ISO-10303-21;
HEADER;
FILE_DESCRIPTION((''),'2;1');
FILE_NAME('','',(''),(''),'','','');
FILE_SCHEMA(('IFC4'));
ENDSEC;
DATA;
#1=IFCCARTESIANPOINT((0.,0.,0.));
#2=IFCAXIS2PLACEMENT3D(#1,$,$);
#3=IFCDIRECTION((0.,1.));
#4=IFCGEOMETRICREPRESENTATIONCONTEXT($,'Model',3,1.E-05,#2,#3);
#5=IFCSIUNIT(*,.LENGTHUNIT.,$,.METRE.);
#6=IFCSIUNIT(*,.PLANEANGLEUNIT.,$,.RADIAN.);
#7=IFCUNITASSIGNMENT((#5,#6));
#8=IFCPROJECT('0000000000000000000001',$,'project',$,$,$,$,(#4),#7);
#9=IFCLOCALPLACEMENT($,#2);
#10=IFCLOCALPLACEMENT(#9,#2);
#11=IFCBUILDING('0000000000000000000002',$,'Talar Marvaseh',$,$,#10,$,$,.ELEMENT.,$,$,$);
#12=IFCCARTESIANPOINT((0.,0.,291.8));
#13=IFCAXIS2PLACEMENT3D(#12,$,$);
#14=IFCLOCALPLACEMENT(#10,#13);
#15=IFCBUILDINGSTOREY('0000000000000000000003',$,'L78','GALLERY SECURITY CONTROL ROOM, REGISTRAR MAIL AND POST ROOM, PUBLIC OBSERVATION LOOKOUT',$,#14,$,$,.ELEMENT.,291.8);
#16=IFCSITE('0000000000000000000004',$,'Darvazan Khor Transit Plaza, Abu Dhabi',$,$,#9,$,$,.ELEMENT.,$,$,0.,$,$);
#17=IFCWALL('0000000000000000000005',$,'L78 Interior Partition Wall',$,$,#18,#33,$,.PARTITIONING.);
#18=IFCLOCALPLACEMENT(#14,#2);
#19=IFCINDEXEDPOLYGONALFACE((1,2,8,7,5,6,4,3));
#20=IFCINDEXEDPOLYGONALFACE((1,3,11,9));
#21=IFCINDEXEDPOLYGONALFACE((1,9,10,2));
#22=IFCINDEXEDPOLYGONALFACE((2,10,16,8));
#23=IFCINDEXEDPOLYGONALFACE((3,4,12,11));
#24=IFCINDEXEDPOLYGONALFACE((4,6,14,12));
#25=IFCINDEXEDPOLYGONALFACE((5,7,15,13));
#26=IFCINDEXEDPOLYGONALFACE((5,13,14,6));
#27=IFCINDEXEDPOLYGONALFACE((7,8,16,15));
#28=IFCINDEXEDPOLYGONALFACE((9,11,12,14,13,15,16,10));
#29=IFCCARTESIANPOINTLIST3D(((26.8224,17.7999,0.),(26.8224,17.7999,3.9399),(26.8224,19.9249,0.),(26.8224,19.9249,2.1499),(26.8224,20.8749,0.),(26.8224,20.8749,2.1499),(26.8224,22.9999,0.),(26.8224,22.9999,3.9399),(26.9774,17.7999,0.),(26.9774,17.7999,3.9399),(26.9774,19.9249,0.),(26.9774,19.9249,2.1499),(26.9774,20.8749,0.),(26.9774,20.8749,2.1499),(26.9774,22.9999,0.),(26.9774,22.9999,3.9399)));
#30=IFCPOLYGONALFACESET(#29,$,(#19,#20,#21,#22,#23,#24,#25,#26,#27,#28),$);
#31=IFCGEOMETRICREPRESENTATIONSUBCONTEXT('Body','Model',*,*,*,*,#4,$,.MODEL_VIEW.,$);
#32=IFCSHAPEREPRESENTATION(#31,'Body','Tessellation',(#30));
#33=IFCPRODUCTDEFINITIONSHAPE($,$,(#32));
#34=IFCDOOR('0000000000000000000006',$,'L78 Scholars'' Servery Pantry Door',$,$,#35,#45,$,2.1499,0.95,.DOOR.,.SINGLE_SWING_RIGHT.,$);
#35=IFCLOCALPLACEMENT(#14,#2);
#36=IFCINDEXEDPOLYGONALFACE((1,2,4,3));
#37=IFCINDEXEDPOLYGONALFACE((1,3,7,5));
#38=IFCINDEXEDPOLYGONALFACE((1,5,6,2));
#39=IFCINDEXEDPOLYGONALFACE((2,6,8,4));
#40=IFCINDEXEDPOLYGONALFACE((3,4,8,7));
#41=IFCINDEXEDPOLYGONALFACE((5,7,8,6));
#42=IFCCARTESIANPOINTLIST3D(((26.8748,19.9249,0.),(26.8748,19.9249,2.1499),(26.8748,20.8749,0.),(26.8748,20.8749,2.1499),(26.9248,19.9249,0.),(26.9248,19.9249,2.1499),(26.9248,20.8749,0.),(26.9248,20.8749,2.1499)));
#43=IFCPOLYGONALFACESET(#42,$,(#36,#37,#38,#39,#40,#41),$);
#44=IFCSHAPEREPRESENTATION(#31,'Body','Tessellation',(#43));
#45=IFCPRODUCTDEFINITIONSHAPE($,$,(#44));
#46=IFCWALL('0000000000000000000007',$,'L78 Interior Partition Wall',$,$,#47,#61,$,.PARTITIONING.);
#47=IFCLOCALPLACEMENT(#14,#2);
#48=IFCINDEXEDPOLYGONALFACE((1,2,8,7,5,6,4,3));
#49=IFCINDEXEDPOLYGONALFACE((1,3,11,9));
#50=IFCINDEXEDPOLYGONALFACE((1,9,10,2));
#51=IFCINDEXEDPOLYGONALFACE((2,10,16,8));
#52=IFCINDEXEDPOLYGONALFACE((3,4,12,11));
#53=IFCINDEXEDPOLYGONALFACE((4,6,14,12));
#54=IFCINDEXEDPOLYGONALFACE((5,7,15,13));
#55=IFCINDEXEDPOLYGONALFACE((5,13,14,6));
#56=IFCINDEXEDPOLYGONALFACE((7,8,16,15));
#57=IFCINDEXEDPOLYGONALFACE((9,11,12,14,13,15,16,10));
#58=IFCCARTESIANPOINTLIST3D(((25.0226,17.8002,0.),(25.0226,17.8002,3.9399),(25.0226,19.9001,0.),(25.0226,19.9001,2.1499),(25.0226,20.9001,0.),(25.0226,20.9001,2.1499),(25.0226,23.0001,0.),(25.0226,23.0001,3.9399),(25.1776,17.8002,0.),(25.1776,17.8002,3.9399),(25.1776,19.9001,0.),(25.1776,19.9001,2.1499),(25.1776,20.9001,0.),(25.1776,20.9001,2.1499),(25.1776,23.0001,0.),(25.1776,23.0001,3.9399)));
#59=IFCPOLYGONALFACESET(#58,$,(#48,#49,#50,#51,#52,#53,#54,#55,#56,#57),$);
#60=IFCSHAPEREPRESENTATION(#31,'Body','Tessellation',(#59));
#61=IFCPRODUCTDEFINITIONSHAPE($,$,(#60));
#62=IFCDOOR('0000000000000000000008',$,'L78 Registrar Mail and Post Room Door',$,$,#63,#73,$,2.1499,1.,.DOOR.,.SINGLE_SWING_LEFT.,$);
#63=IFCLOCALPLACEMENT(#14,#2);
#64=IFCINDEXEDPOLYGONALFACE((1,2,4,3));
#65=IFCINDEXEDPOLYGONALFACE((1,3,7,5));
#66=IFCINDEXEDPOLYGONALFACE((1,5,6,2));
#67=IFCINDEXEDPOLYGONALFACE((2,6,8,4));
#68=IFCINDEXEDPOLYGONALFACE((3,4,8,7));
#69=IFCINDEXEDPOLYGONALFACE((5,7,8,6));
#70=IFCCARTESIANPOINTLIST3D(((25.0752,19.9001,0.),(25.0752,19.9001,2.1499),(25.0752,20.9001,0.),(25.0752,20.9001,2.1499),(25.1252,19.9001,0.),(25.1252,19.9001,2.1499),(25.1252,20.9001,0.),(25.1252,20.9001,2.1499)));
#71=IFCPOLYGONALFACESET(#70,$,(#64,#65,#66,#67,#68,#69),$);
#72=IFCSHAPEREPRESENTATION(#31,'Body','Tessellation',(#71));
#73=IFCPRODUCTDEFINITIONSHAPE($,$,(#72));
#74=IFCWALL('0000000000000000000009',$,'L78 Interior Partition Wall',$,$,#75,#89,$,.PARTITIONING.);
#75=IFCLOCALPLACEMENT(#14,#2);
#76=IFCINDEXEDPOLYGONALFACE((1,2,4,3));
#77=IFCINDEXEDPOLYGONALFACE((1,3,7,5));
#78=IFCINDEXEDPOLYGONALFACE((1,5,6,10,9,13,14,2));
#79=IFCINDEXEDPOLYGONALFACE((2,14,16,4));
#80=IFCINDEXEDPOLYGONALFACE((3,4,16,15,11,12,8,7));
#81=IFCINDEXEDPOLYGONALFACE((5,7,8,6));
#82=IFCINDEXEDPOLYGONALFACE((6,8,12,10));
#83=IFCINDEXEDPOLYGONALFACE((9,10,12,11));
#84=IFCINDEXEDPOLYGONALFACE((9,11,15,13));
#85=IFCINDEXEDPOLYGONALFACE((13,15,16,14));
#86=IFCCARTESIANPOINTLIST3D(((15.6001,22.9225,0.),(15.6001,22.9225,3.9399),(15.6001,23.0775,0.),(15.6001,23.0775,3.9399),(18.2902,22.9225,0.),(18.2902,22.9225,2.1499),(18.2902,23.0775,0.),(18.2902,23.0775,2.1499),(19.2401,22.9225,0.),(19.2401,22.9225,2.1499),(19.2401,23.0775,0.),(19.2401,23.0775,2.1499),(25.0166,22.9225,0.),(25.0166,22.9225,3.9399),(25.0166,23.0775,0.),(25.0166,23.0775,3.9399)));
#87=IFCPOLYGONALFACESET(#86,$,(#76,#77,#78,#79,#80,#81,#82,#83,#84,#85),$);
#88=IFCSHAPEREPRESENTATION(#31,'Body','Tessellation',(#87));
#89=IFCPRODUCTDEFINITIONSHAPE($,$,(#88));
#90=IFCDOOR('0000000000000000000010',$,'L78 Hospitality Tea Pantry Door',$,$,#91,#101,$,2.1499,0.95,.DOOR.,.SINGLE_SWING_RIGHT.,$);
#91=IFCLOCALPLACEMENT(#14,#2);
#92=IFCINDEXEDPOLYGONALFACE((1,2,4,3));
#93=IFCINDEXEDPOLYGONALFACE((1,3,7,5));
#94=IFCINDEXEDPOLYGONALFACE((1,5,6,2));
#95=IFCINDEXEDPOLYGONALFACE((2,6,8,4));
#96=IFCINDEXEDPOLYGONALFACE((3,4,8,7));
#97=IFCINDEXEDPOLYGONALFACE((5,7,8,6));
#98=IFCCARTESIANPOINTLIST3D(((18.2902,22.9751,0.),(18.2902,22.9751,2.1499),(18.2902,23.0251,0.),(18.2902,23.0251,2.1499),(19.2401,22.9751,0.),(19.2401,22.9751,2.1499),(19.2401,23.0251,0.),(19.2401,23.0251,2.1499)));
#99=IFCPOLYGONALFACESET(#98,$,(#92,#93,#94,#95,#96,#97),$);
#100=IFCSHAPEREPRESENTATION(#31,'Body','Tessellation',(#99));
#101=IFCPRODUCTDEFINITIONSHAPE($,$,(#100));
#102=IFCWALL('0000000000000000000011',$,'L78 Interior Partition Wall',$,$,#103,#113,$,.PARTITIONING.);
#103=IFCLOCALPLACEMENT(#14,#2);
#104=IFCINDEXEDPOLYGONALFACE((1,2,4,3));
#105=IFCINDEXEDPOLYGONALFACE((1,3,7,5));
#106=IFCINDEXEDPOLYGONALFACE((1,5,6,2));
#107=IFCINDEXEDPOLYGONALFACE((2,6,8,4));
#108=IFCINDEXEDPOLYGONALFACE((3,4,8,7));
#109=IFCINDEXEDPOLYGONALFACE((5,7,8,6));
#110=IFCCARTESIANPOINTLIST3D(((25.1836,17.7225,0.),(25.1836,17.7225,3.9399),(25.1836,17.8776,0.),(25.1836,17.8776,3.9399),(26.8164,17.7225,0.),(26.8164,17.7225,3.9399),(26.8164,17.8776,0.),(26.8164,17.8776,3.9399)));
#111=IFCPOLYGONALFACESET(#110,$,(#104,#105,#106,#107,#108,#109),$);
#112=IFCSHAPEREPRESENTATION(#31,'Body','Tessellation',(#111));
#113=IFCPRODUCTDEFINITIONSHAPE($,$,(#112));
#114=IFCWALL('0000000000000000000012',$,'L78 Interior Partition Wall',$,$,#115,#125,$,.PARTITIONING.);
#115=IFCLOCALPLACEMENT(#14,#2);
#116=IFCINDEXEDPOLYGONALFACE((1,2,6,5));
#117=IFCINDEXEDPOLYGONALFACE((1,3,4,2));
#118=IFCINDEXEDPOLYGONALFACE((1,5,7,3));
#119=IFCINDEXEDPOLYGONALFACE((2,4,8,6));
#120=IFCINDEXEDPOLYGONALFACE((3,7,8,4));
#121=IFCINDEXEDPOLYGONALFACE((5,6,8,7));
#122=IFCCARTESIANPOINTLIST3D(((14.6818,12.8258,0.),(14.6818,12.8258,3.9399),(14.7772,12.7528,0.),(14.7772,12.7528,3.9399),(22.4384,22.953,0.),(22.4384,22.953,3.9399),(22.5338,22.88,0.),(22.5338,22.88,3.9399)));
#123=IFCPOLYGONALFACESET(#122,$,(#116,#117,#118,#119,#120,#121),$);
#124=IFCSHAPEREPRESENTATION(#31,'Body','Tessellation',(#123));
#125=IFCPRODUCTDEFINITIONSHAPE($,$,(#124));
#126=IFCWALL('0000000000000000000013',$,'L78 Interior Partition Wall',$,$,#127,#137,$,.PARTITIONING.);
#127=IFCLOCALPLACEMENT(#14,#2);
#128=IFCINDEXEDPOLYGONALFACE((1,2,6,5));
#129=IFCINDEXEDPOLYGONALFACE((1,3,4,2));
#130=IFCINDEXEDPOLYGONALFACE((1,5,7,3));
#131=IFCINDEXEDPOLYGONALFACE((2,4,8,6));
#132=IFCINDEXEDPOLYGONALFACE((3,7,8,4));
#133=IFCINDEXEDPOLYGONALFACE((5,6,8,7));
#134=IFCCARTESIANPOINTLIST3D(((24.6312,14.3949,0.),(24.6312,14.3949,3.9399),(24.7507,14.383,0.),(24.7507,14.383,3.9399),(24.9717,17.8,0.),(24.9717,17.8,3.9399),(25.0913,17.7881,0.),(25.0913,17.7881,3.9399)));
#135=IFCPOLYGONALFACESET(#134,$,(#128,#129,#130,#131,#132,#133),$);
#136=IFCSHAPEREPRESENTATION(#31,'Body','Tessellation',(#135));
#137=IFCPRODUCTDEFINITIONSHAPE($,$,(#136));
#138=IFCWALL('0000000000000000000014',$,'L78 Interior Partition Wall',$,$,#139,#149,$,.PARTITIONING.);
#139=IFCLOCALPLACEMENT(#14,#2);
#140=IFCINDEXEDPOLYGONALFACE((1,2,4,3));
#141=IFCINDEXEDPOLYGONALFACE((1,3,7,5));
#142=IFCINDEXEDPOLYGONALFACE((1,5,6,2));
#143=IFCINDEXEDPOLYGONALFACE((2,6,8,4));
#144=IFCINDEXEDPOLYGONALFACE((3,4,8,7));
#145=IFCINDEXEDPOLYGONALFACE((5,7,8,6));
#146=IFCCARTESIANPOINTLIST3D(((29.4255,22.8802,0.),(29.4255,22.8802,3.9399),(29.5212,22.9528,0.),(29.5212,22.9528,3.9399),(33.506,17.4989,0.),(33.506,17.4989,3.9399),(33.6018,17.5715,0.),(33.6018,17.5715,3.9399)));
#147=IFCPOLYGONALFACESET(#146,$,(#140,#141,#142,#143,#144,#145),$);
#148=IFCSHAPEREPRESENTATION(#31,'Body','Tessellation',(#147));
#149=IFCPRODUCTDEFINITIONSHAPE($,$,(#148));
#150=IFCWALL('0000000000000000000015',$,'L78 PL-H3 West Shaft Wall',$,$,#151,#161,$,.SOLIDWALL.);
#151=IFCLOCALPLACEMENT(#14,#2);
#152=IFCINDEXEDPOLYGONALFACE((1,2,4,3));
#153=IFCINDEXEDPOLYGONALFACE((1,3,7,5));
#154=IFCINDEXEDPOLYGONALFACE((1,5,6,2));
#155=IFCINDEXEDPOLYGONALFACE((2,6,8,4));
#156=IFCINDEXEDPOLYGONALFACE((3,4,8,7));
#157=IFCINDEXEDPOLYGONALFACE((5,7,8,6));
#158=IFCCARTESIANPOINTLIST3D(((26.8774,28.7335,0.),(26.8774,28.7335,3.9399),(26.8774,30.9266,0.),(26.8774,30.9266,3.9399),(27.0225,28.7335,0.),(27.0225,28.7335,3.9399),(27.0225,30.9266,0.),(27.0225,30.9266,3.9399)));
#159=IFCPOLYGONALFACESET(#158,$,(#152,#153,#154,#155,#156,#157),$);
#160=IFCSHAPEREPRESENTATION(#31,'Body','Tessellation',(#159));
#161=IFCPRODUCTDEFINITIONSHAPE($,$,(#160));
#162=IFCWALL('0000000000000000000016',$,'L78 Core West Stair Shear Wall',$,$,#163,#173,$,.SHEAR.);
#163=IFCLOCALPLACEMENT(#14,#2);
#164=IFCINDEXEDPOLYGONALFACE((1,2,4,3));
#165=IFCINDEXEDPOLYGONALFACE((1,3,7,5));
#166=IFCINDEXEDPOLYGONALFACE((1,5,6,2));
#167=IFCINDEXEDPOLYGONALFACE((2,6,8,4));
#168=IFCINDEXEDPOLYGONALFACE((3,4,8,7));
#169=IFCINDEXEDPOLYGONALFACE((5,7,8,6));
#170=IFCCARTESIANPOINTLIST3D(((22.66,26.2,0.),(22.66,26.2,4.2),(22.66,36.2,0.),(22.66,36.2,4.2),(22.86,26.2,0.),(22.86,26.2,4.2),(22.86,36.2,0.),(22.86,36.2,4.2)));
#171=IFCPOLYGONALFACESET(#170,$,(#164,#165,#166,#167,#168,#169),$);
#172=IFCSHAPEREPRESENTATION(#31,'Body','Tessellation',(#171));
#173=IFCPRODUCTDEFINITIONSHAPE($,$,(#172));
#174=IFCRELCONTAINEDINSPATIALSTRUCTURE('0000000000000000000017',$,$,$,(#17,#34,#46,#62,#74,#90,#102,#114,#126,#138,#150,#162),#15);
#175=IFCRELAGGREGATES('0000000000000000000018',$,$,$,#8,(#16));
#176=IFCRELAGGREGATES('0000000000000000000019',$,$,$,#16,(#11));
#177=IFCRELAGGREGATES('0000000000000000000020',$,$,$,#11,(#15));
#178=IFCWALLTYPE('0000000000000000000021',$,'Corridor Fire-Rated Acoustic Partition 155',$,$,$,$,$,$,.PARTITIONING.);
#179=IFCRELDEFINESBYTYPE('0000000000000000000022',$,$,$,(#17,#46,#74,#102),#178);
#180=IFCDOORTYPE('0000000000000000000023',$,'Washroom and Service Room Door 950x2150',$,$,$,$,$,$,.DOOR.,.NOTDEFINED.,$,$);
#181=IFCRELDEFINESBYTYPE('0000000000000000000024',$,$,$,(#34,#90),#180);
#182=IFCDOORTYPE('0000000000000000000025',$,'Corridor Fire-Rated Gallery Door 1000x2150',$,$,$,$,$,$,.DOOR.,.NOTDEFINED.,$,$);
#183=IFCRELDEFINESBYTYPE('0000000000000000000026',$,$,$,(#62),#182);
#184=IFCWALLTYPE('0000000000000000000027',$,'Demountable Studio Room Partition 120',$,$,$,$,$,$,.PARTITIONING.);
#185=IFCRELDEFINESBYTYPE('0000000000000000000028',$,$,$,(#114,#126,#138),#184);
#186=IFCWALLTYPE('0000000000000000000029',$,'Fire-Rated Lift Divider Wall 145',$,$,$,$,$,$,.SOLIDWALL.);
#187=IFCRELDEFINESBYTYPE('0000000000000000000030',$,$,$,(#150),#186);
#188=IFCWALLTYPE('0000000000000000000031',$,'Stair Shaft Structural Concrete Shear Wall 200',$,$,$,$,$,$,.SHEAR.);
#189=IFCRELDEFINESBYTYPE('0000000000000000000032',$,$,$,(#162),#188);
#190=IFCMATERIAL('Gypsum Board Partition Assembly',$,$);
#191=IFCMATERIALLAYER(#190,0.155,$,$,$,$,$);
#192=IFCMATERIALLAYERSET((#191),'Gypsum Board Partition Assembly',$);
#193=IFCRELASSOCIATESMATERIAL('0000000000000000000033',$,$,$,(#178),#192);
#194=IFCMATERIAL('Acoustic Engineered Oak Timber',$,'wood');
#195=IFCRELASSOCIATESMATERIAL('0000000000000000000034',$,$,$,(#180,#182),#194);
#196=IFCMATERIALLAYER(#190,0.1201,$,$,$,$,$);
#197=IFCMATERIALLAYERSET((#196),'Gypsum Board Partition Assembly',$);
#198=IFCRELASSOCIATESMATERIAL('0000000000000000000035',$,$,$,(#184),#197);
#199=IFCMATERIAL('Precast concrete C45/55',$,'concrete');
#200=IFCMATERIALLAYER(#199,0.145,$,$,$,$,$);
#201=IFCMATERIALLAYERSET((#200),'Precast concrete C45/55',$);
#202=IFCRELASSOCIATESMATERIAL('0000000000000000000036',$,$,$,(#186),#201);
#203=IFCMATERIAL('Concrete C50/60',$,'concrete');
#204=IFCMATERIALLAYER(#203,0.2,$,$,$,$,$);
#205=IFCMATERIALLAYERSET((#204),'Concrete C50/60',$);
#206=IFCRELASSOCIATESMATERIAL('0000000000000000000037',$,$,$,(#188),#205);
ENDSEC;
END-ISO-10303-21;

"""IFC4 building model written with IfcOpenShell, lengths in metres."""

from ifc_helpers import new_model, si_unit, direction, frame, frame_2d, origin, place, context, subcontext, project, spatial, rectangle, extrude, source, transform, mapped, material, layer, layer_set, type_object, type_shapes, element, fill, save


model = new_model("IFC4")

# Units and contexts
model_context = context("Model", 3, precision=1e-05, world=origin(), true_north=direction((0.0, 1.0)))
body_context = subcontext(model_context, "Body", "Model", "MODEL_VIEW")
ifc_project = project(units=[si_unit("LENGTHUNIT", "METRE"), si_unit("PLANEANGLEUNIT", "RADIAN")], contexts=[model_context])

# Site, building, storey
site_placement = place(None, origin())
site = spatial("IfcSite", under=ifc_project, at=site_placement, Name="Darvazan Khor Transit Plaza, Abu Dhabi", CompositionType="ELEMENT", RefElevation=0.0)
building_placement = place(site_placement, origin())
building = spatial("IfcBuilding", under=site, at=building_placement, Name="Talar Marvaseh", CompositionType="ELEMENT")
storey_placement = place(building_placement, frame((0.0, 0.0, 291.8)))
storey = spatial("IfcBuildingStorey", under=building, at=storey_placement, Name="L78", Description="GALLERY SECURITY CONTROL ROOM, REGISTRAR MAIL AND POST ROOM, PUBLIC OBSERVATION LOOKOUT", CompositionType="ELEMENT", Elevation=291.8)

# Shared definitions
ifc_material_1 = material(Name="Concrete C50/60", Category="concrete")

# Walls, openings, doors
ifc_material_2 = material(Name="Gypsum Board Partition Assembly")
ifc_layer_1 = layer(ifc_material_2, 0.155)
ifc_layer_set_1 = layer_set([ifc_layer_1], Name="Gypsum Board Partition Assembly")
wall_type_1 = type_object("IfcWallType", Name="Corridor Fire-Rated Acoustic Partition 155", PredefinedType="PARTITIONING", material=ifc_layer_set_1)
wall_1_placement = place(storey_placement, frame((26.8999, 23.0, 0.0), z_axis=(0.0, 0.0, 1.0), x_axis=(0.0, -1.0, 0.0)))
wall_1 = element("IfcWall", 1, at=wall_1_placement, inside=storey, type_object=wall_type_1, Name="L78 Interior Partition Wall", PredefinedType="PARTITIONING", context=body_context, shape_type="SweptSolid", body=[
    extrude(rectangle(XDim=5.2, YDim=0.155, at=frame_2d((2.6001, 0.0))), origin(), (0.0, 0.0, 1.0), 3.9399),
])
opening_1_placement = place(wall_1_placement, frame((2.125, 0.0, 0.0)))
opening_1 = element("IfcOpeningElement", 2, at=opening_1_placement, cuts=wall_1, PredefinedType="OPENING", context=body_context, shape_type="SweptSolid", body=[
    extrude(rectangle(XDim=0.95, YDim=2.1499, at=frame_2d((0.4751, 1.075))), frame((0.0, 0.0874, 0.0), z_axis=(0.0, -1.0, 0.0), x_axis=(1.0, 0.0, 0.0)), (0.0, 0.0, 1.0), 0.175),
])
ifc_material_3 = material(Name="Acoustic Engineered Oak Timber", Category="wood")
door_type_1 = type_object("IfcDoorType", Name="Washroom and Service Room Door 950x2150", OperationType="NOTDEFINED", PredefinedType="DOOR", material=ifc_material_3)
shared_shape_1 = source(origin(), body_context, "Body", "SweptSolid", [
    extrude(rectangle(XDim=0.95, YDim=2.1499, at=frame_2d((0.4751, 1.075))), frame((0.0, 0.0249, 0.0), z_axis=(0.0, -1.0, 0.0), x_axis=(1.0, 0.0, 0.0)), (0.0, 0.0, 1.0), 0.05),
])
type_shapes(door_type_1, [shared_shape_1])
door_1_placement = place(opening_1_placement, origin())
door_1 = element("IfcDoor", 3, at=door_1_placement, inside=storey, type_object=door_type_1, Name="L78 Scholars' Servery Pantry Door", OperationType="SINGLE_SWING_RIGHT", OverallHeight=2.1499, OverallWidth=0.95, PredefinedType="DOOR", context=body_context, shape_type="MappedRepresentation", body=[
    mapped(shared_shape_1, transform((0.0, 0.0, 0.0), x_axis=(1.0, 0.0, 0.0), y_axis=(0.0, 1.0, 0.0), z_axis=(0.0, 0.0, 1.0), scale=1.0)),
])
fill(opening_1, door_1)
wall_2_placement = place(storey_placement, frame((25.1001, 17.8, 0.0), z_axis=(0.0, 0.0, 1.0), x_axis=(0.0, 1.0, 0.0)))
wall_2 = element("IfcWall", 4, at=wall_2_placement, inside=storey, type_object=wall_type_1, Name="L78 Interior Partition Wall", PredefinedType="PARTITIONING", context=body_context, shape_type="SweptSolid", body=[
    extrude(rectangle(XDim=5.2, YDim=0.155, at=frame_2d((2.6001, 0.0))), origin(), (0.0, 0.0, 1.0), 3.9399),
])
opening_2_placement = place(wall_2_placement, frame((2.1001, 0.0, 0.0)))
opening_2 = element("IfcOpeningElement", 5, at=opening_2_placement, cuts=wall_2, PredefinedType="OPENING", context=body_context, shape_type="SweptSolid", body=[
    extrude(rectangle(XDim=1.0, YDim=2.1499, at=frame_2d((0.5, 1.075))), frame((0.0, 0.0874, 0.0), z_axis=(0.0, -1.0, 0.0), x_axis=(1.0, 0.0, 0.0)), (0.0, 0.0, 1.0), 0.175),
])
door_type_2 = type_object("IfcDoorType", Name="Corridor Fire-Rated Gallery Door 1000x2150", OperationType="NOTDEFINED", PredefinedType="DOOR", material=ifc_material_3)
shared_shape_2 = source(origin(), body_context, "Body", "SweptSolid", [
    extrude(rectangle(XDim=1.0, YDim=2.1499, at=frame_2d((0.5, 1.075))), frame((0.0, 0.0249, 0.0), z_axis=(0.0, -1.0, 0.0), x_axis=(1.0, 0.0, 0.0)), (0.0, 0.0, 1.0), 0.05),
])
type_shapes(door_type_2, [shared_shape_2])
door_2_placement = place(opening_2_placement, origin())
door_2 = element("IfcDoor", 6, at=door_2_placement, inside=storey, type_object=door_type_2, Name="L78 Registrar Mail and Post Room Door", OperationType="SINGLE_SWING_LEFT", OverallHeight=2.1499, OverallWidth=1.0, PredefinedType="DOOR", context=body_context, shape_type="MappedRepresentation", body=[
    mapped(shared_shape_2, transform((0.0, 0.0, 0.0), x_axis=(1.0, 0.0, 0.0), y_axis=(0.0, 1.0, 0.0), z_axis=(0.0, 0.0, 1.0), scale=1.0)),
])
fill(opening_2, door_2)
wall_3_placement = place(storey_placement, frame((25.0166, 23.0, 0.0), z_axis=(0.0, 0.0, 1.0), x_axis=(-1.0, 0.0, 0.0)))
wall_3 = element("IfcWall", 7, at=wall_3_placement, inside=storey, type_object=wall_type_1, Name="L78 Interior Partition Wall", PredefinedType="PARTITIONING", context=body_context, shape_type="SweptSolid", body=[
    extrude(rectangle(XDim=9.4165, YDim=0.155, at=frame_2d((4.7083, 0.0))), origin(), (0.0, 0.0, 1.0), 3.9399),
])
opening_3_placement = place(wall_3_placement, frame((5.7764, 0.0, 0.0)))
opening_3 = element("IfcOpeningElement", 8, at=opening_3_placement, cuts=wall_3, PredefinedType="OPENING", context=body_context, shape_type="SweptSolid", body=[
    extrude(rectangle(XDim=0.95, YDim=2.1499, at=frame_2d((0.4751, 1.075))), frame((0.0, 0.0874, 0.0), z_axis=(0.0, -1.0, 0.0), x_axis=(1.0, 0.0, 0.0)), (0.0, 0.0, 1.0), 0.175),
])
door_3_placement = place(opening_3_placement, origin())
door_3 = element("IfcDoor", 9, at=door_3_placement, inside=storey, type_object=door_type_1, Name="L78 Hospitality Tea Pantry Door", OperationType="SINGLE_SWING_RIGHT", OverallHeight=2.1499, OverallWidth=0.95, PredefinedType="DOOR", context=body_context, shape_type="MappedRepresentation", body=[
    mapped(shared_shape_1, transform((0.0, 0.0, 0.0), x_axis=(1.0, 0.0, 0.0), y_axis=(0.0, 1.0, 0.0), z_axis=(0.0, 0.0, 1.0), scale=1.0)),
])
fill(opening_3, door_3)

# Walls
wall_4_placement = place(storey_placement, frame((26.8164, 17.8, 0.0), z_axis=(0.0, 0.0, 1.0), x_axis=(-1.0, 0.0, 0.0)))
element("IfcWall", 10, at=wall_4_placement, inside=storey, type_object=wall_type_1, Name="L78 Interior Partition Wall", PredefinedType="PARTITIONING", context=body_context, shape_type="SweptSolid", body=[
    extrude(rectangle(XDim=1.6328, YDim=0.155, at=frame_2d((0.8164, 0.0))), origin(), (0.0, 0.0, 1.0), 3.9399),
])
ifc_layer_2 = layer(ifc_material_2, 0.1201)
ifc_layer_set_2 = layer_set([ifc_layer_2], Name="Gypsum Board Partition Assembly")
wall_type_2 = type_object("IfcWallType", Name="Demountable Studio Room Partition 120", PredefinedType="PARTITIONING", material=ifc_layer_set_2)
wall_5_placement = place(storey_placement, frame((22.4861, 22.9165, 0.0), z_axis=(0.0, 0.0, 1.0), x_axis=(-0.608057, -0.793894, 0.0)))
element("IfcWall", 11, at=wall_5_placement, inside=storey, type_object=wall_type_2, Name="L78 Interior Partition Wall", PredefinedType="PARTITIONING", context=body_context, shape_type="SweptSolid", body=[
    extrude(rectangle(XDim=12.7563, YDim=0.1201, at=frame_2d((6.3782, 0.0))), origin(), (0.0, 0.0, 1.0), 3.9399),
])
wall_6_placement = place(storey_placement, frame((25.0315, 17.7939, 0.0), z_axis=(0.0, 0.0, 1.0), x_axis=(-0.099525, -0.995035, 0.0)))
element("IfcWall", 12, at=wall_6_placement, inside=storey, type_object=wall_type_2, Name="L78 Interior Partition Wall", PredefinedType="PARTITIONING", context=body_context, shape_type="SweptSolid", body=[
    extrude(rectangle(XDim=3.4221, YDim=0.1201, at=frame_2d((1.7109, 0.0))), origin(), (0.0, 0.0, 1.0), 3.9399),
])
wall_7_placement = place(storey_placement, frame((29.4734, 22.9165, 0.0), z_axis=(0.0, 0.0, 1.0), x_axis=(0.604214, -0.796822, 0.0)))
element("IfcWall", 13, at=wall_7_placement, inside=storey, type_object=wall_type_2, Name="L78 Interior Partition Wall", PredefinedType="PARTITIONING", context=body_context, shape_type="SweptSolid", body=[
    extrude(rectangle(XDim=6.7534, YDim=0.1201, at=frame_2d((3.3767, 0.0))), origin(), (0.0, 0.0, 1.0), 3.9399),
])
ifc_material_4 = material(Name="Precast concrete C45/55", Category="concrete")
ifc_layer_3 = layer(ifc_material_4, 0.145)
ifc_layer_set_3 = layer_set([ifc_layer_3], Name="Precast concrete C45/55")
wall_type_3 = type_object("IfcWallType", Name="Fire-Rated Lift Divider Wall 145", PredefinedType="SOLIDWALL", material=ifc_layer_set_3)
wall_8_placement = place(storey_placement, frame((26.95, 28.7334, 0.0), z_axis=(0.0, 0.0, 1.0), x_axis=(0.0, 1.0, 0.0)))
element("IfcWall", 14, at=wall_8_placement, inside=storey, type_object=wall_type_3, Name="L78 PL-H3 West Shaft Wall", PredefinedType="SOLIDWALL", context=body_context, shape_type="SweptSolid", body=[
    extrude(rectangle(XDim=2.1931, YDim=0.145, at=frame_2d((1.0967, 0.0))), origin(), (0.0, 0.0, 1.0), 3.9399),
])

# Wall
ifc_layer_4 = layer(ifc_material_1, 0.2)
ifc_layer_set_4 = layer_set([ifc_layer_4], Name="Concrete C50/60")
wall_type_4 = type_object("IfcWallType", Name="Stair Shaft Structural Concrete Shear Wall 200", PredefinedType="SHEAR", material=ifc_layer_set_4)
wall_9_placement = place(storey_placement, frame((22.76, 26.2, 0.0), z_axis=(0.0, 0.0, 1.0), x_axis=(0.0, 1.0, 0.0)))
element("IfcWall", 15, at=wall_9_placement, inside=storey, type_object=wall_type_4, Name="L78 Core West Stair Shear Wall", PredefinedType="SHEAR", context=body_context, shape_type="SweptSolid", body=[
    extrude(rectangle(XDim=10.0, YDim=0.2, at=frame_2d((5.0, 0.0))), origin(), (0.0, 0.0, 1.0), 4.2),
])

save(model, "model.ifc")
